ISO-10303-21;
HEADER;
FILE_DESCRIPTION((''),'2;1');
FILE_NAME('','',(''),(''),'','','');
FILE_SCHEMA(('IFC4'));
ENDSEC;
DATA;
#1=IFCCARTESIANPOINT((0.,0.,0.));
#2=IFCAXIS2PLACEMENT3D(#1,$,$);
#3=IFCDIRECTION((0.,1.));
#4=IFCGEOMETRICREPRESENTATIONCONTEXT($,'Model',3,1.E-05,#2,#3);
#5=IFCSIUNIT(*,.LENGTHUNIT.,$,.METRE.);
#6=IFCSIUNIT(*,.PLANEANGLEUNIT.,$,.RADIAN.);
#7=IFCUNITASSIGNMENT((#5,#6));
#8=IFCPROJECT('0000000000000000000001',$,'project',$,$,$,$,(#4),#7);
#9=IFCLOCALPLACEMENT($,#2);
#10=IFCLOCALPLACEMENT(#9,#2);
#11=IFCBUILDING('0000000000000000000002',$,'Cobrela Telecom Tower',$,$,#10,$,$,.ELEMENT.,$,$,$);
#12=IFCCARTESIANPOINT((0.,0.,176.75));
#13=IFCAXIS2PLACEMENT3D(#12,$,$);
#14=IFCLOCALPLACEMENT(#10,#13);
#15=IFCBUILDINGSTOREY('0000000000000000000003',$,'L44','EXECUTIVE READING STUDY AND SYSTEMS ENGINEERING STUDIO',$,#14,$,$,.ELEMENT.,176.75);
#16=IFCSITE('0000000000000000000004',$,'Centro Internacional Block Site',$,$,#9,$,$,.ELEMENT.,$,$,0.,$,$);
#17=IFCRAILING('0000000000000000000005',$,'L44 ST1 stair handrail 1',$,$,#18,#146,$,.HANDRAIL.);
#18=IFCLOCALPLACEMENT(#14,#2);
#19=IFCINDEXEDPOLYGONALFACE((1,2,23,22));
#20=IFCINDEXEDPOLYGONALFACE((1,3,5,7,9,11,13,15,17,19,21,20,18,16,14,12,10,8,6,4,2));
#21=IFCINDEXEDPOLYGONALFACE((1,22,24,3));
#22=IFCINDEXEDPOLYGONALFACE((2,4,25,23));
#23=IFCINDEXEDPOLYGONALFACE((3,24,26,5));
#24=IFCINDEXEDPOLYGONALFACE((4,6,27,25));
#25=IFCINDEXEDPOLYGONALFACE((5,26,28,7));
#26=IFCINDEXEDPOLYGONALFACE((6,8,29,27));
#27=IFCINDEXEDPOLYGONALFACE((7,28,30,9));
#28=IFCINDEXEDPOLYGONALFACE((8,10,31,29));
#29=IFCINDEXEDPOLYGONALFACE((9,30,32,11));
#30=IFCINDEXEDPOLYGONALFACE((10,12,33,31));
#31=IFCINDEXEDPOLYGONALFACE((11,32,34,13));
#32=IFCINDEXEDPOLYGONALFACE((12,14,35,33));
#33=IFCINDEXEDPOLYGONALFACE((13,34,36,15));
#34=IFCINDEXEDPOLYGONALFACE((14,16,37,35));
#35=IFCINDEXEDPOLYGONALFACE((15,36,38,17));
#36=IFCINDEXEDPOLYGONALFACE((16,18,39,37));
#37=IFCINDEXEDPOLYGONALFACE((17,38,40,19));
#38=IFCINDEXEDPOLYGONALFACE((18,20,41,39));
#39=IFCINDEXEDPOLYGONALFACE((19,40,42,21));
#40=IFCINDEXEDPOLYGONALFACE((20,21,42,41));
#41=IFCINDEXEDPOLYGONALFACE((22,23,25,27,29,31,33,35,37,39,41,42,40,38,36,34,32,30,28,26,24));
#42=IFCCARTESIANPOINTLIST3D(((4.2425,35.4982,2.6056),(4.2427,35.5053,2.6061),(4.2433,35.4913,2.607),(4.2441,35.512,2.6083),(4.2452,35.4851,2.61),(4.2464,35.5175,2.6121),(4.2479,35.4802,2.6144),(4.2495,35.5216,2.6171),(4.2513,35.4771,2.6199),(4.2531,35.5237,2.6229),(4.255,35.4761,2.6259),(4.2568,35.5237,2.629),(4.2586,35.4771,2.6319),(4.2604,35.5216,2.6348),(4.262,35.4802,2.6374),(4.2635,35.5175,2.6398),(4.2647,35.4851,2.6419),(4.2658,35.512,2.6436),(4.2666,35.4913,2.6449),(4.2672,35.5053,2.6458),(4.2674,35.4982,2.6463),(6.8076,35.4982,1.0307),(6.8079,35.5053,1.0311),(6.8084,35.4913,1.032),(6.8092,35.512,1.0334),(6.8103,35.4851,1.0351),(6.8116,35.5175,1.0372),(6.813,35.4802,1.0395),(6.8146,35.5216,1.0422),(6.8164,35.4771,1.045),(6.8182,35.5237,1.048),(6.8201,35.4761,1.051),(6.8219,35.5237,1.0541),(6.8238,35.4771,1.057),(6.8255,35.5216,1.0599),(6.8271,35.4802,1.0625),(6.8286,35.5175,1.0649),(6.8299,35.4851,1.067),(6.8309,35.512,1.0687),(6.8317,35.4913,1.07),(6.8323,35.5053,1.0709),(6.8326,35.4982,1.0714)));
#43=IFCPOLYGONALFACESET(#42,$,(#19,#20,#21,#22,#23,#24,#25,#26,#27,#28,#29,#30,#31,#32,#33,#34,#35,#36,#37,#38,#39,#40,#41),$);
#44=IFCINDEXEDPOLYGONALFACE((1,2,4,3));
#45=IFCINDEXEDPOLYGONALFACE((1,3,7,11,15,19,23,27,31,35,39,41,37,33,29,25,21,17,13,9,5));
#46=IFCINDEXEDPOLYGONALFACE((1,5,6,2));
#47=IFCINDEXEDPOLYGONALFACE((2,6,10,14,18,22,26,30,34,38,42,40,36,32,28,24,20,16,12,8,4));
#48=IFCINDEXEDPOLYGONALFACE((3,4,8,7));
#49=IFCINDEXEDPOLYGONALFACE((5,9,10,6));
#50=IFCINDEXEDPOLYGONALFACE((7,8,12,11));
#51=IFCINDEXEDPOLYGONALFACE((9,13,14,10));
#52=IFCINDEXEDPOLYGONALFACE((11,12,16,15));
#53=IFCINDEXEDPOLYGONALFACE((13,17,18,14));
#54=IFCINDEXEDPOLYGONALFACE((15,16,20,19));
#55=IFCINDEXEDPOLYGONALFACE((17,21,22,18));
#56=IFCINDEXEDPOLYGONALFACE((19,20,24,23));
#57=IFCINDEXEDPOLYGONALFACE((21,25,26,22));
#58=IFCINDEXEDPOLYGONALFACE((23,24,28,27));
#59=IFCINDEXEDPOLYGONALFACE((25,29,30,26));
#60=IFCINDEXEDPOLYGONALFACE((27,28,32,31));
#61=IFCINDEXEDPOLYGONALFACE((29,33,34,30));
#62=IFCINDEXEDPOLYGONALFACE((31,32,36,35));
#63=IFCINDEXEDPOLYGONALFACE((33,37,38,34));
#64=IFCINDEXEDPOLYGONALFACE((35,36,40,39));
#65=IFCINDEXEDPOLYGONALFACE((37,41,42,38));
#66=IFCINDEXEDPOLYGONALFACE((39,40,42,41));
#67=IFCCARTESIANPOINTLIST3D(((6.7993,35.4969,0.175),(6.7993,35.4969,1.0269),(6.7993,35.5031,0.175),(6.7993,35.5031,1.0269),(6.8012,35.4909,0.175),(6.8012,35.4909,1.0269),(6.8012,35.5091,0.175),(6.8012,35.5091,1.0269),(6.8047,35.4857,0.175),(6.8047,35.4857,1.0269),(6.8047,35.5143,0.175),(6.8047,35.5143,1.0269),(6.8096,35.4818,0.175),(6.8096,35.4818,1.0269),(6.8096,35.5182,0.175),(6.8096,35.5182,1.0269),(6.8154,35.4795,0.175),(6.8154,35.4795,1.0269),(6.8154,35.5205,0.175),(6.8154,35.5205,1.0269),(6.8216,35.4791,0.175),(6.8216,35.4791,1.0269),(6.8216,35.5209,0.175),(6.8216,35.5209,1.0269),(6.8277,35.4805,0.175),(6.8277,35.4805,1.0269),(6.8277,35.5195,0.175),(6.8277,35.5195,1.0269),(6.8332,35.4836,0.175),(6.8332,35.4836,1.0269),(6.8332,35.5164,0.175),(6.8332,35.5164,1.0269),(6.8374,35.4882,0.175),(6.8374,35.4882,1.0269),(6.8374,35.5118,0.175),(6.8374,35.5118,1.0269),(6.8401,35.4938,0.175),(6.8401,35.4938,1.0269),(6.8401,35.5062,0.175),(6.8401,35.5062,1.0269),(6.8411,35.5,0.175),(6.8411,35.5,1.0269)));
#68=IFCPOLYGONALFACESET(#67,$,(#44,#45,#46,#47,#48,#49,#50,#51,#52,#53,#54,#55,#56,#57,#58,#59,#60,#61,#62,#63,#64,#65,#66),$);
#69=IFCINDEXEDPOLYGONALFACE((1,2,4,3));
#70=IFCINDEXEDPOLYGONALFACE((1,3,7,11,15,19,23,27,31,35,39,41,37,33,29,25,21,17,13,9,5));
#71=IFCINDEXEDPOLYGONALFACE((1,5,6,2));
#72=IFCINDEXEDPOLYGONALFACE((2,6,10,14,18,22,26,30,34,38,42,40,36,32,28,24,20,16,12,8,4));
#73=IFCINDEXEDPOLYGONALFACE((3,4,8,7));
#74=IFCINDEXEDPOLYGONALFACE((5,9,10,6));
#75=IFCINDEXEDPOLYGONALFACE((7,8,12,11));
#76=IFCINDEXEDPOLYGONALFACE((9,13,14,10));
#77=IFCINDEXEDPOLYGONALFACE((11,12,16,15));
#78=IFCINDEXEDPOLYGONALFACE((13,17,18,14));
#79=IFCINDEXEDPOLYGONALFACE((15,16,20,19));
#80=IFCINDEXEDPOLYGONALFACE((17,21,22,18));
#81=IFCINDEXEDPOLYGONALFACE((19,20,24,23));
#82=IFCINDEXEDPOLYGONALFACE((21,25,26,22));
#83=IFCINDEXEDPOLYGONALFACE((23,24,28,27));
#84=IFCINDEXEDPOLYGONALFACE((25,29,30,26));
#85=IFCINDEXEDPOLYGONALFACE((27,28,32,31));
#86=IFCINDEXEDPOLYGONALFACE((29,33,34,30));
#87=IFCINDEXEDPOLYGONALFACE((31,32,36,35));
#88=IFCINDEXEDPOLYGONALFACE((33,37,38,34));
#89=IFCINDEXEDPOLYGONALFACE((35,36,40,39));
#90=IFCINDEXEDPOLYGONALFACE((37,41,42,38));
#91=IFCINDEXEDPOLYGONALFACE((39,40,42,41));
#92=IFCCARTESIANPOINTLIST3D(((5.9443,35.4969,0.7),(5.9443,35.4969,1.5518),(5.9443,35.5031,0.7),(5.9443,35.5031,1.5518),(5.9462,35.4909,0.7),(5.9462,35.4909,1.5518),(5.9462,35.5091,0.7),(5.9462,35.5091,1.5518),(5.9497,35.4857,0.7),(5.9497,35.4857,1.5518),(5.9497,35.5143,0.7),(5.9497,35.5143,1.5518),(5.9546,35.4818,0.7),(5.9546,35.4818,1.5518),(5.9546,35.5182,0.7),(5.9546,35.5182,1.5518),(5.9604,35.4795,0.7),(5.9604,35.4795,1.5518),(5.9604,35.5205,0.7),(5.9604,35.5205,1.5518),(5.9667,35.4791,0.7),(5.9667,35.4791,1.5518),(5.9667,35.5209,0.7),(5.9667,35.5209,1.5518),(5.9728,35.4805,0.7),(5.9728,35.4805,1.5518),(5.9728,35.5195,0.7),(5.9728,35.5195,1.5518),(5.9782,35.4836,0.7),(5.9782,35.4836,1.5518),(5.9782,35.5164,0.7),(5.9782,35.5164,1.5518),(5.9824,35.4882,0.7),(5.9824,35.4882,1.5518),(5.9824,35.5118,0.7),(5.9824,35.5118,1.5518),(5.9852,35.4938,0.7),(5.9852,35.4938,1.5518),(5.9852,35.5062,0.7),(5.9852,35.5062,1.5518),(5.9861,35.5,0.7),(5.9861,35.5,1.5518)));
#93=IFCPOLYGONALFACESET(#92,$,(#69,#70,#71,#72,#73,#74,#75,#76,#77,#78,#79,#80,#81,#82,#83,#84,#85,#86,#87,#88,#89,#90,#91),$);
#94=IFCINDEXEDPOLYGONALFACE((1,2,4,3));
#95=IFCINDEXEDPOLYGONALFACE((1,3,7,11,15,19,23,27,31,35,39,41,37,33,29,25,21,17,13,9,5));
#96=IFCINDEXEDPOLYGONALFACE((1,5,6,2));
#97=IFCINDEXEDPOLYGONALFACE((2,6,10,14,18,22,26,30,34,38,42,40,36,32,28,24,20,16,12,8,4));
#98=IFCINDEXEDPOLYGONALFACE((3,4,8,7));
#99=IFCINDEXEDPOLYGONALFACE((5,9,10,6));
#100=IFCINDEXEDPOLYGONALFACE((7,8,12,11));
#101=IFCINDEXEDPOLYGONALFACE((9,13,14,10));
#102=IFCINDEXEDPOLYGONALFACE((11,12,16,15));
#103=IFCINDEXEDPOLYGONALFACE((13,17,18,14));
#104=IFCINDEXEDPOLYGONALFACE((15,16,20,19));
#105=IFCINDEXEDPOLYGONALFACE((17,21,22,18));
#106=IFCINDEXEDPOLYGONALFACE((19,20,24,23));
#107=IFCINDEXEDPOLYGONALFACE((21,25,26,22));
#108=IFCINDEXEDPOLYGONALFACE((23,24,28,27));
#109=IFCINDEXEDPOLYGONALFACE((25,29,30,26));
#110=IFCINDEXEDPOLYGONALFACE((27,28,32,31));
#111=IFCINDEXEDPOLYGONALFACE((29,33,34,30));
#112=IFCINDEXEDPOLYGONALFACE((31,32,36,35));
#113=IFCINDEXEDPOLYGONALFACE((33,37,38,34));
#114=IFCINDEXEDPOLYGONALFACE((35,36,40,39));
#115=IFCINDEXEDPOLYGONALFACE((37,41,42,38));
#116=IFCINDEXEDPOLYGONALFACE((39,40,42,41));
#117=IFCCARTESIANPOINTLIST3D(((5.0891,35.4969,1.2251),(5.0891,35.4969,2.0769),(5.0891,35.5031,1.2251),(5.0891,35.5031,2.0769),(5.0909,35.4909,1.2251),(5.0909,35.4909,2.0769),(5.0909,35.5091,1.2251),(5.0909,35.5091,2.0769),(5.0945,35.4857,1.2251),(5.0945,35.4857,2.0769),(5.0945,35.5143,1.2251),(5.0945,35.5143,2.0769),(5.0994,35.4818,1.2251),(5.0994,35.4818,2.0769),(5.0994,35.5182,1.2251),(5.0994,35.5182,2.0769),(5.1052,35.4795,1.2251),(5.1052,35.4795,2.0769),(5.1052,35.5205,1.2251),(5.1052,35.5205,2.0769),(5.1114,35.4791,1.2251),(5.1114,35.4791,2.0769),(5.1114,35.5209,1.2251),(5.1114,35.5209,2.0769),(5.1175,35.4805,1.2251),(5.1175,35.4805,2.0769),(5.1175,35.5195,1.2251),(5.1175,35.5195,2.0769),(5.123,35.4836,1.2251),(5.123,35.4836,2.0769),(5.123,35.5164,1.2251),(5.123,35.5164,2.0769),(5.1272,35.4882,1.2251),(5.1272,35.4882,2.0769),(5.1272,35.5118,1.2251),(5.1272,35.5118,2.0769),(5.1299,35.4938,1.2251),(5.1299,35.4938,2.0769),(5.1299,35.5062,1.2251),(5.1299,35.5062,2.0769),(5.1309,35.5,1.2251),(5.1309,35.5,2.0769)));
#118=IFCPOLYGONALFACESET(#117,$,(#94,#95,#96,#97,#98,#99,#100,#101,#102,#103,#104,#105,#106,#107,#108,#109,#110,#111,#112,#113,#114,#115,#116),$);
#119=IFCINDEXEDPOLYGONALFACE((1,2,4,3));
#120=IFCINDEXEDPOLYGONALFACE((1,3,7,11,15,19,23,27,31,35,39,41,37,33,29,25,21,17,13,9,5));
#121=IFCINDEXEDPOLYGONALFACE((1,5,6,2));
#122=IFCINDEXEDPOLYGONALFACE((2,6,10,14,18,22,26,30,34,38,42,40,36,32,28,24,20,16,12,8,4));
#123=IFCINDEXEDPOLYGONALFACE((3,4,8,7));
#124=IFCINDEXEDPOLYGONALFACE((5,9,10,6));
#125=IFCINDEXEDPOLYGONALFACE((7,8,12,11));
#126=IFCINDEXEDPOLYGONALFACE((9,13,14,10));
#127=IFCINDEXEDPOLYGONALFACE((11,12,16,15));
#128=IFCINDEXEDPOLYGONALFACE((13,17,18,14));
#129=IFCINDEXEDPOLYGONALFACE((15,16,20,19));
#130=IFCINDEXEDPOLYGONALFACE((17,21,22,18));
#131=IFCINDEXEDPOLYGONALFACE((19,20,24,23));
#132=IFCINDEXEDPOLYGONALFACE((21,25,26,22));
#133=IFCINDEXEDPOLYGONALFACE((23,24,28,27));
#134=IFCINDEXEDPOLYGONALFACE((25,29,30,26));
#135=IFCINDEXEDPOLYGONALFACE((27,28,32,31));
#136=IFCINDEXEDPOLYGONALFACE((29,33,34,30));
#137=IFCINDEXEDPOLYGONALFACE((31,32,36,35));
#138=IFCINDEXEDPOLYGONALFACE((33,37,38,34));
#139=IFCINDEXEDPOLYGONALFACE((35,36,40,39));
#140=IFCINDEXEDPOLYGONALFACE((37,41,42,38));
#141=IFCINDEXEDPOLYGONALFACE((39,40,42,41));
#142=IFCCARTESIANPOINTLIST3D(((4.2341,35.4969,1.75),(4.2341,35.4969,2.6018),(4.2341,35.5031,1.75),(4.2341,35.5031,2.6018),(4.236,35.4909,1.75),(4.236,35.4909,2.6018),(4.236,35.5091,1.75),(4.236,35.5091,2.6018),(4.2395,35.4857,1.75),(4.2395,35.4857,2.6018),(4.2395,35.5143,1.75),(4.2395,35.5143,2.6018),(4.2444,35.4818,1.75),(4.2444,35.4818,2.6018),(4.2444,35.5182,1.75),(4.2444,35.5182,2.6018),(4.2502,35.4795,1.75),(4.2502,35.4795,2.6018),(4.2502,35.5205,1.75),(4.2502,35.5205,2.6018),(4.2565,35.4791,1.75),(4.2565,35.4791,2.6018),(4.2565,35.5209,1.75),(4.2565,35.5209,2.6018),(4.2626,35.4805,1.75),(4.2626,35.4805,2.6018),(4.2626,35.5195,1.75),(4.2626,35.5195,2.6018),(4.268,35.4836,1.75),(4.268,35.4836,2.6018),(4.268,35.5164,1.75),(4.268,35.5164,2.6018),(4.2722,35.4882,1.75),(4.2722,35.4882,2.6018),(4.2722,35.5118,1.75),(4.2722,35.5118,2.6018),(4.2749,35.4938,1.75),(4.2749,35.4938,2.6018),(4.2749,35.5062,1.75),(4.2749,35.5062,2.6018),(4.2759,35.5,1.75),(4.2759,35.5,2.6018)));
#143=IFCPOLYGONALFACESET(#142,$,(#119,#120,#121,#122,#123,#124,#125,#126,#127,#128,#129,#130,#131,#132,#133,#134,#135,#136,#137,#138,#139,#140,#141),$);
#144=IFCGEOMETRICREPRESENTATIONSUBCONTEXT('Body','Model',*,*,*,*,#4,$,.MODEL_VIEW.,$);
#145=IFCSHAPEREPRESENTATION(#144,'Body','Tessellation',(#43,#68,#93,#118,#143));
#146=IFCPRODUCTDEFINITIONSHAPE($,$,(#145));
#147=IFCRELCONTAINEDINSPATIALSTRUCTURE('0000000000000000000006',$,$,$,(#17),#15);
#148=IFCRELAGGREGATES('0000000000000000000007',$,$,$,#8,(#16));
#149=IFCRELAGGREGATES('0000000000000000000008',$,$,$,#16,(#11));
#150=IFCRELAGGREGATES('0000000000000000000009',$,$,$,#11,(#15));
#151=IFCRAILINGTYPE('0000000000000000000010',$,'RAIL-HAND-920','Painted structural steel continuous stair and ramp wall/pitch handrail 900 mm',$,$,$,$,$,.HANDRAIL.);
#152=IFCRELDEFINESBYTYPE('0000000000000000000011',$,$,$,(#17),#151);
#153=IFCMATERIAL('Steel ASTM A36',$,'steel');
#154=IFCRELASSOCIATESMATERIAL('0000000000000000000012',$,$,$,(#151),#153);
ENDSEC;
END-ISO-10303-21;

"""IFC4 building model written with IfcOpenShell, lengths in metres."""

from ifc_helpers import new_model, si_unit, direction, frame, origin, origin_2d, place, context, subcontext, project, spatial, circle, extrude, material, type_object, element, save


model = new_model("IFC4")

# Units and contexts
model_context = context("Model", 3, precision=1e-05, world=origin(), true_north=direction((0.0, 1.0)))
body_context = subcontext(model_context, "Body", "Model", "MODEL_VIEW")
ifc_project = project(units=[si_unit("LENGTHUNIT", "METRE"), si_unit("PLANEANGLEUNIT", "RADIAN")], contexts=[model_context])

# Site, building, storey
site_placement = place(None, origin())
site = spatial("IfcSite", under=ifc_project, at=site_placement, Name="Centro Internacional Block Site", CompositionType="ELEMENT", RefElevation=0.0)
building_placement = place(site_placement, origin())
building = spatial("IfcBuilding", under=site, at=building_placement, Name="Cobrela Telecom Tower", CompositionType="ELEMENT")
storey_placement = place(building_placement, frame((0.0, 0.0, 176.75)))
storey = spatial("IfcBuildingStorey", under=building, at=storey_placement, Name="L44", Description="EXECUTIVE READING STUDY AND SYSTEMS ENGINEERING STUDIO", CompositionType="ELEMENT", Elevation=176.75)

# Shared definitions
ifc_material_1 = material(Name="Steel ASTM A36", Category="steel")

# Railing
railing_type_1 = type_object("IfcRailingType", Name="RAIL-HAND-920", Description="Painted structural steel continuous stair and ramp wall/pitch handrail 900 mm", PredefinedType="HANDRAIL", material=ifc_material_1)
railing_1_placement = place(storey_placement, frame((6.8201, 35.5, 0.175)))
element("IfcRailing", 1, at=railing_1_placement, inside=storey, type_object=railing_type_1, Name="L44 ST1 stair handrail 1", PredefinedType="HANDRAIL", context=body_context, shape_type="SweptSolid", body=[
    extrude(circle(Radius=0.0239, at=origin_2d()), frame((0.0, 0.0, 0.876), z_axis=(-0.852195, 0.0, 0.523224), x_axis=(0.0, -1.0, 0.0)), (0.0, 0.0, 1.0), 3.01),
    extrude(circle(Radius=0.021, at=origin_2d()), origin(), (0.0, 0.0, 1.0), 0.8518),
    extrude(circle(Radius=0.021, at=origin_2d()), frame((-0.855, 0.0, 0.5249)), (0.0, 0.0, 1.0), 0.8518),
    extrude(circle(Radius=0.021, at=origin_2d()), frame((-1.7102, 0.0, 1.05)), (0.0, 0.0, 1.0), 0.8518),
    extrude(circle(Radius=0.021, at=origin_2d()), frame((-2.5652, 0.0, 1.575)), (0.0, 0.0, 1.0), 0.8518),
])

save(model, "model.ifc")
